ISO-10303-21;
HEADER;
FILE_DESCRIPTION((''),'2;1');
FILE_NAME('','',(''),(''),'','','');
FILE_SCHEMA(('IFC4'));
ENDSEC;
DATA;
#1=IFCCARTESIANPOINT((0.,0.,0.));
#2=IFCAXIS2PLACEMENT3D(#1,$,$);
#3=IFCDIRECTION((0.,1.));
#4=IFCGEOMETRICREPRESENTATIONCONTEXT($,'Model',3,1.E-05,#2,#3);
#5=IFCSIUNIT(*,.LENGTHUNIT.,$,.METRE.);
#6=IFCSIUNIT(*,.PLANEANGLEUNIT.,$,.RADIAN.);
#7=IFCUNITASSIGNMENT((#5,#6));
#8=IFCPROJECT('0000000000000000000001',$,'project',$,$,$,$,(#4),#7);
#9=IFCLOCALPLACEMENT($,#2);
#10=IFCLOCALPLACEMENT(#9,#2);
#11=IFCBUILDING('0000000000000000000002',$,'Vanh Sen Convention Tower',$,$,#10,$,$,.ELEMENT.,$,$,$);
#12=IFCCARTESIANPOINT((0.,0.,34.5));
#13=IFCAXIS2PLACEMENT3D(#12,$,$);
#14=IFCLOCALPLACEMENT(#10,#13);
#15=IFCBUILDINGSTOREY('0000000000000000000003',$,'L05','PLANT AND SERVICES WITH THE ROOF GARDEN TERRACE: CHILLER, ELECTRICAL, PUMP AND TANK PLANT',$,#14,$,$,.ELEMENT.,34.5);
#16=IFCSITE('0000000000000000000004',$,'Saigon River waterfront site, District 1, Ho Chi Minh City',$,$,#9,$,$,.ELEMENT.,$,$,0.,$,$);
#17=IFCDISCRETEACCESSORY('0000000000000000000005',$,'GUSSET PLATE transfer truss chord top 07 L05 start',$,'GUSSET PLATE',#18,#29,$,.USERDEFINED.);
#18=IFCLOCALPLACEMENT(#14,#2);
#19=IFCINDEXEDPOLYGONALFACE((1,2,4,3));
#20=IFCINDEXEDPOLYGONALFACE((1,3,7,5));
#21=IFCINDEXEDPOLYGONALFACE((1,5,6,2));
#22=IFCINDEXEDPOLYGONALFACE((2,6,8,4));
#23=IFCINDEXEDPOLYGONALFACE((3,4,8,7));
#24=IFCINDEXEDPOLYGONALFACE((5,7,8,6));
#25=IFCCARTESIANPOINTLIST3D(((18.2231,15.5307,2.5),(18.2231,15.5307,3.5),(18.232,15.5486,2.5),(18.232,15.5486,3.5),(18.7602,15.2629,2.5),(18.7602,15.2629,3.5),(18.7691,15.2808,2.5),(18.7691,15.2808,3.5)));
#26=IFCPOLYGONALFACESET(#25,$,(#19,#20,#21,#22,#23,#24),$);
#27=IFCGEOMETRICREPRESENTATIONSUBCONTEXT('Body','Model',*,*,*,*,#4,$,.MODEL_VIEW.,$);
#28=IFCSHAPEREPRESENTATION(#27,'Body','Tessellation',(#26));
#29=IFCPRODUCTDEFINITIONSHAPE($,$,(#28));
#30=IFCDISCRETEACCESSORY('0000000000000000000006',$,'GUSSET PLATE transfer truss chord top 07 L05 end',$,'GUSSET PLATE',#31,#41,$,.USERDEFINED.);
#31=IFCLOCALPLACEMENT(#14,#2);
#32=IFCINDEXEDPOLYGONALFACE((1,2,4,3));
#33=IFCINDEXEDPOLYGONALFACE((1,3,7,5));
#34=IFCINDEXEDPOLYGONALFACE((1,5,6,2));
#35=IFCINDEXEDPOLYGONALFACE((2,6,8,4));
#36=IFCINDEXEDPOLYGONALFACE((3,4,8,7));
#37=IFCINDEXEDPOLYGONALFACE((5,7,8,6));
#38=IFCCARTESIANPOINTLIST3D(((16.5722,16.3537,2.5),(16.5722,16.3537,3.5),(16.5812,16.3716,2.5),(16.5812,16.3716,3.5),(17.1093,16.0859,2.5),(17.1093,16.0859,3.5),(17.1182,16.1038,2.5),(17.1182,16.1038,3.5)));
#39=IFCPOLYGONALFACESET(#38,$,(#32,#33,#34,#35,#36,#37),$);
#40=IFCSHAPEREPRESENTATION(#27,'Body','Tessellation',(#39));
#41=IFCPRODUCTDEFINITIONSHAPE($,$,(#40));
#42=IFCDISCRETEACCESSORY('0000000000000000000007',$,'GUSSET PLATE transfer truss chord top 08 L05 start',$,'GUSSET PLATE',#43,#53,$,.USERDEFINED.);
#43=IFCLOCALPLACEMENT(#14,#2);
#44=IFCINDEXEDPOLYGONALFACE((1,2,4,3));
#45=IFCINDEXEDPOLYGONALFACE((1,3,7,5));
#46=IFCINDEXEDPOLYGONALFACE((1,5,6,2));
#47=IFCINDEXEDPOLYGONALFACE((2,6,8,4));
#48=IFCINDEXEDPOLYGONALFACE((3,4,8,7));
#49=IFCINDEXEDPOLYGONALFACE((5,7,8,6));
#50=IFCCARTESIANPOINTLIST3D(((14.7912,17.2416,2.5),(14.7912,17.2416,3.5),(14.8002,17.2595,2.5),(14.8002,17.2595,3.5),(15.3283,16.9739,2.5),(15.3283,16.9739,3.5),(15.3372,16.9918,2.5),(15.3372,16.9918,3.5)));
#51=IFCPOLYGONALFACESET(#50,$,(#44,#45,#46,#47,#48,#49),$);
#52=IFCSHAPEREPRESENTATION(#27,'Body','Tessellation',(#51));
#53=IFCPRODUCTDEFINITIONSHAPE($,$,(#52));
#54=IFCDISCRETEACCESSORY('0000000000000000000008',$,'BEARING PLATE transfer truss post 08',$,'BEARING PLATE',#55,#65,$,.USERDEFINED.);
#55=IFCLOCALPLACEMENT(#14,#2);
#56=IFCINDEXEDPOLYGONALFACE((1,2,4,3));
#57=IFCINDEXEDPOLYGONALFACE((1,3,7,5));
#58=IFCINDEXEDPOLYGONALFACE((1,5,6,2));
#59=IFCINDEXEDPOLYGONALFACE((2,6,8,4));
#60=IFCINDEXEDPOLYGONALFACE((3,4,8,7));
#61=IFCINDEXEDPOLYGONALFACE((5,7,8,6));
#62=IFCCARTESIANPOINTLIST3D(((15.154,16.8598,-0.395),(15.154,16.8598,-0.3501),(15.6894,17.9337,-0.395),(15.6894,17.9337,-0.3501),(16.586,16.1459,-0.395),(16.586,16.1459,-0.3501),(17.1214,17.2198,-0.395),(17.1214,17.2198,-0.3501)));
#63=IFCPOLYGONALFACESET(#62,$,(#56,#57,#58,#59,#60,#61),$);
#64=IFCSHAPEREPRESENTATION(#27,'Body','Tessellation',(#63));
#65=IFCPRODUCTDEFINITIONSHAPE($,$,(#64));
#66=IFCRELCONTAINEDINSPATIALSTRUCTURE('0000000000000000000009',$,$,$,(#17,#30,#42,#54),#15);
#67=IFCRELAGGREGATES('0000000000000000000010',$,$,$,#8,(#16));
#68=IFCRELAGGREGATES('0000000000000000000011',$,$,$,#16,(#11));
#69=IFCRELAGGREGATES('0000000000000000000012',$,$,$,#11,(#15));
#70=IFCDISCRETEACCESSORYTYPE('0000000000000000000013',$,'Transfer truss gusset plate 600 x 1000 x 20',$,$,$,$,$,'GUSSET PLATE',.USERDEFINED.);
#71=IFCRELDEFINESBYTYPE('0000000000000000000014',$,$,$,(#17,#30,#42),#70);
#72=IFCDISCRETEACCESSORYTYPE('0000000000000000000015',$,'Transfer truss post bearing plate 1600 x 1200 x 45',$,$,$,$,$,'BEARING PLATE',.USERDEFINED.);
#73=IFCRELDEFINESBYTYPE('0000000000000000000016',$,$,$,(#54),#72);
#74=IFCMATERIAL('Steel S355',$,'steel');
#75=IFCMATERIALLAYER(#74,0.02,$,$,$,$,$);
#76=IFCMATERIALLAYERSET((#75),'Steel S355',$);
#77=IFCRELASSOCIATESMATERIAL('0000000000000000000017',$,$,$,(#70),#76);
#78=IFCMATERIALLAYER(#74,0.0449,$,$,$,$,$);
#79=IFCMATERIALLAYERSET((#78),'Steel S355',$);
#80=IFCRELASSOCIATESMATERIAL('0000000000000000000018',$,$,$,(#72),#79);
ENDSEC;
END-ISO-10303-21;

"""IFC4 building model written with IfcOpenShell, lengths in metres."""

from ifc_helpers import new_model, si_unit, direction, frame, origin, origin_2d, place, context, subcontext, project, spatial, rectangle, extrude, material, layer, layer_set, type_object, element, save


model = new_model("IFC4")

# Units and contexts
model_context = context("Model", 3, precision=1e-05, world=origin(), true_north=direction((0.0, 1.0)))
body_context = subcontext(model_context, "Body", "Model", "MODEL_VIEW")
ifc_project = project(units=[si_unit("LENGTHUNIT", "METRE"), si_unit("PLANEANGLEUNIT", "RADIAN")], contexts=[model_context])

# Site, building, storey
site_placement = place(None, origin())
site = spatial("IfcSite", under=ifc_project, at=site_placement, Name="Saigon River waterfront site, District 1, Ho Chi Minh City", CompositionType="ELEMENT", RefElevation=0.0)
building_placement = place(site_placement, origin())
building = spatial("IfcBuilding", under=site, at=building_placement, Name="Vanh Sen Convention Tower", CompositionType="ELEMENT")
storey_placement = place(building_placement, frame((0.0, 0.0, 34.5)))
storey = spatial("IfcBuildingStorey", under=building, at=storey_placement, Name="L05", Description="PLANT AND SERVICES WITH THE ROOF GARDEN TERRACE: CHILLER, ELECTRICAL, PUMP AND TANK PLANT", CompositionType="ELEMENT", Elevation=34.5)

# Shared definitions
ifc_material_1 = material(Name="Steel S355", Category="steel")

# Discrete accessories
ifc_layer_1 = layer(ifc_material_1, 0.02)
ifc_layer_set_1 = layer_set([ifc_layer_1], Name="Steel S355")
discrete_accessory_type_1 = type_object("IfcDiscreteAccessoryType", Name="Transfer truss gusset plate 600 x 1000 x 20", ElementType="GUSSET PLATE", PredefinedType="USERDEFINED", material=ifc_layer_set_1)
for number, where, z_axis, x_axis, name in (
    (1, (18.4961, 15.4058, 2.5), (0.0, 0.0, 1.0), (-0.894935, 0.446196, 0.0), "GUSSET PLATE transfer truss chord top 07 L05 start"),
    (2, (16.8452, 16.2288, 2.5), (0.0, 0.0, 1.0), (0.894935, -0.446196, 0.0), "GUSSET PLATE transfer truss chord top 07 L05 end"),
    (3, (15.0642, 17.1167, 2.5), (0.0, 0.0, 1.0), (-0.894935, 0.446196, 0.0), "GUSSET PLATE transfer truss chord top 08 L05 start"),
):
    element("IfcDiscreteAccessory", number, at=place(storey_placement, frame(where, z_axis=z_axis, x_axis=x_axis)), inside=storey, type_object=discrete_accessory_type_1, Name=name, ObjectType="GUSSET PLATE", PredefinedType="USERDEFINED", context=body_context, shape_type="SweptSolid", body=[
        extrude(rectangle(XDim=0.6001, YDim=0.02, at=origin_2d()), origin(), (0.0, 0.0, 1.0), 1.0),
    ])
ifc_layer_2 = layer(ifc_material_1, 0.0449)
ifc_layer_set_2 = layer_set([ifc_layer_2], Name="Steel S355")
discrete_accessory_type_2 = type_object("IfcDiscreteAccessoryType", Name="Transfer truss post bearing plate 1600 x 1200 x 45", ElementType="BEARING PLATE", PredefinedType="USERDEFINED", material=ifc_layer_set_2)
discrete_accessory_1_placement = place(storey_placement, frame((16.1377, 17.0398, -0.395), z_axis=(0.0, 0.0, 1.0), x_axis=(-0.894934, 0.446198, 0.0)))
element("IfcDiscreteAccessory", 4, at=discrete_accessory_1_placement, inside=storey, type_object=discrete_accessory_type_2, Name="BEARING PLATE transfer truss post 08", ObjectType="BEARING PLATE", PredefinedType="USERDEFINED", context=body_context, shape_type="SweptSolid", body=[
    extrude(rectangle(XDim=1.6001, YDim=1.2, at=origin_2d()), origin(), (0.0, 0.0, 1.0), 0.0449),
])

save(model, "model.ifc")
